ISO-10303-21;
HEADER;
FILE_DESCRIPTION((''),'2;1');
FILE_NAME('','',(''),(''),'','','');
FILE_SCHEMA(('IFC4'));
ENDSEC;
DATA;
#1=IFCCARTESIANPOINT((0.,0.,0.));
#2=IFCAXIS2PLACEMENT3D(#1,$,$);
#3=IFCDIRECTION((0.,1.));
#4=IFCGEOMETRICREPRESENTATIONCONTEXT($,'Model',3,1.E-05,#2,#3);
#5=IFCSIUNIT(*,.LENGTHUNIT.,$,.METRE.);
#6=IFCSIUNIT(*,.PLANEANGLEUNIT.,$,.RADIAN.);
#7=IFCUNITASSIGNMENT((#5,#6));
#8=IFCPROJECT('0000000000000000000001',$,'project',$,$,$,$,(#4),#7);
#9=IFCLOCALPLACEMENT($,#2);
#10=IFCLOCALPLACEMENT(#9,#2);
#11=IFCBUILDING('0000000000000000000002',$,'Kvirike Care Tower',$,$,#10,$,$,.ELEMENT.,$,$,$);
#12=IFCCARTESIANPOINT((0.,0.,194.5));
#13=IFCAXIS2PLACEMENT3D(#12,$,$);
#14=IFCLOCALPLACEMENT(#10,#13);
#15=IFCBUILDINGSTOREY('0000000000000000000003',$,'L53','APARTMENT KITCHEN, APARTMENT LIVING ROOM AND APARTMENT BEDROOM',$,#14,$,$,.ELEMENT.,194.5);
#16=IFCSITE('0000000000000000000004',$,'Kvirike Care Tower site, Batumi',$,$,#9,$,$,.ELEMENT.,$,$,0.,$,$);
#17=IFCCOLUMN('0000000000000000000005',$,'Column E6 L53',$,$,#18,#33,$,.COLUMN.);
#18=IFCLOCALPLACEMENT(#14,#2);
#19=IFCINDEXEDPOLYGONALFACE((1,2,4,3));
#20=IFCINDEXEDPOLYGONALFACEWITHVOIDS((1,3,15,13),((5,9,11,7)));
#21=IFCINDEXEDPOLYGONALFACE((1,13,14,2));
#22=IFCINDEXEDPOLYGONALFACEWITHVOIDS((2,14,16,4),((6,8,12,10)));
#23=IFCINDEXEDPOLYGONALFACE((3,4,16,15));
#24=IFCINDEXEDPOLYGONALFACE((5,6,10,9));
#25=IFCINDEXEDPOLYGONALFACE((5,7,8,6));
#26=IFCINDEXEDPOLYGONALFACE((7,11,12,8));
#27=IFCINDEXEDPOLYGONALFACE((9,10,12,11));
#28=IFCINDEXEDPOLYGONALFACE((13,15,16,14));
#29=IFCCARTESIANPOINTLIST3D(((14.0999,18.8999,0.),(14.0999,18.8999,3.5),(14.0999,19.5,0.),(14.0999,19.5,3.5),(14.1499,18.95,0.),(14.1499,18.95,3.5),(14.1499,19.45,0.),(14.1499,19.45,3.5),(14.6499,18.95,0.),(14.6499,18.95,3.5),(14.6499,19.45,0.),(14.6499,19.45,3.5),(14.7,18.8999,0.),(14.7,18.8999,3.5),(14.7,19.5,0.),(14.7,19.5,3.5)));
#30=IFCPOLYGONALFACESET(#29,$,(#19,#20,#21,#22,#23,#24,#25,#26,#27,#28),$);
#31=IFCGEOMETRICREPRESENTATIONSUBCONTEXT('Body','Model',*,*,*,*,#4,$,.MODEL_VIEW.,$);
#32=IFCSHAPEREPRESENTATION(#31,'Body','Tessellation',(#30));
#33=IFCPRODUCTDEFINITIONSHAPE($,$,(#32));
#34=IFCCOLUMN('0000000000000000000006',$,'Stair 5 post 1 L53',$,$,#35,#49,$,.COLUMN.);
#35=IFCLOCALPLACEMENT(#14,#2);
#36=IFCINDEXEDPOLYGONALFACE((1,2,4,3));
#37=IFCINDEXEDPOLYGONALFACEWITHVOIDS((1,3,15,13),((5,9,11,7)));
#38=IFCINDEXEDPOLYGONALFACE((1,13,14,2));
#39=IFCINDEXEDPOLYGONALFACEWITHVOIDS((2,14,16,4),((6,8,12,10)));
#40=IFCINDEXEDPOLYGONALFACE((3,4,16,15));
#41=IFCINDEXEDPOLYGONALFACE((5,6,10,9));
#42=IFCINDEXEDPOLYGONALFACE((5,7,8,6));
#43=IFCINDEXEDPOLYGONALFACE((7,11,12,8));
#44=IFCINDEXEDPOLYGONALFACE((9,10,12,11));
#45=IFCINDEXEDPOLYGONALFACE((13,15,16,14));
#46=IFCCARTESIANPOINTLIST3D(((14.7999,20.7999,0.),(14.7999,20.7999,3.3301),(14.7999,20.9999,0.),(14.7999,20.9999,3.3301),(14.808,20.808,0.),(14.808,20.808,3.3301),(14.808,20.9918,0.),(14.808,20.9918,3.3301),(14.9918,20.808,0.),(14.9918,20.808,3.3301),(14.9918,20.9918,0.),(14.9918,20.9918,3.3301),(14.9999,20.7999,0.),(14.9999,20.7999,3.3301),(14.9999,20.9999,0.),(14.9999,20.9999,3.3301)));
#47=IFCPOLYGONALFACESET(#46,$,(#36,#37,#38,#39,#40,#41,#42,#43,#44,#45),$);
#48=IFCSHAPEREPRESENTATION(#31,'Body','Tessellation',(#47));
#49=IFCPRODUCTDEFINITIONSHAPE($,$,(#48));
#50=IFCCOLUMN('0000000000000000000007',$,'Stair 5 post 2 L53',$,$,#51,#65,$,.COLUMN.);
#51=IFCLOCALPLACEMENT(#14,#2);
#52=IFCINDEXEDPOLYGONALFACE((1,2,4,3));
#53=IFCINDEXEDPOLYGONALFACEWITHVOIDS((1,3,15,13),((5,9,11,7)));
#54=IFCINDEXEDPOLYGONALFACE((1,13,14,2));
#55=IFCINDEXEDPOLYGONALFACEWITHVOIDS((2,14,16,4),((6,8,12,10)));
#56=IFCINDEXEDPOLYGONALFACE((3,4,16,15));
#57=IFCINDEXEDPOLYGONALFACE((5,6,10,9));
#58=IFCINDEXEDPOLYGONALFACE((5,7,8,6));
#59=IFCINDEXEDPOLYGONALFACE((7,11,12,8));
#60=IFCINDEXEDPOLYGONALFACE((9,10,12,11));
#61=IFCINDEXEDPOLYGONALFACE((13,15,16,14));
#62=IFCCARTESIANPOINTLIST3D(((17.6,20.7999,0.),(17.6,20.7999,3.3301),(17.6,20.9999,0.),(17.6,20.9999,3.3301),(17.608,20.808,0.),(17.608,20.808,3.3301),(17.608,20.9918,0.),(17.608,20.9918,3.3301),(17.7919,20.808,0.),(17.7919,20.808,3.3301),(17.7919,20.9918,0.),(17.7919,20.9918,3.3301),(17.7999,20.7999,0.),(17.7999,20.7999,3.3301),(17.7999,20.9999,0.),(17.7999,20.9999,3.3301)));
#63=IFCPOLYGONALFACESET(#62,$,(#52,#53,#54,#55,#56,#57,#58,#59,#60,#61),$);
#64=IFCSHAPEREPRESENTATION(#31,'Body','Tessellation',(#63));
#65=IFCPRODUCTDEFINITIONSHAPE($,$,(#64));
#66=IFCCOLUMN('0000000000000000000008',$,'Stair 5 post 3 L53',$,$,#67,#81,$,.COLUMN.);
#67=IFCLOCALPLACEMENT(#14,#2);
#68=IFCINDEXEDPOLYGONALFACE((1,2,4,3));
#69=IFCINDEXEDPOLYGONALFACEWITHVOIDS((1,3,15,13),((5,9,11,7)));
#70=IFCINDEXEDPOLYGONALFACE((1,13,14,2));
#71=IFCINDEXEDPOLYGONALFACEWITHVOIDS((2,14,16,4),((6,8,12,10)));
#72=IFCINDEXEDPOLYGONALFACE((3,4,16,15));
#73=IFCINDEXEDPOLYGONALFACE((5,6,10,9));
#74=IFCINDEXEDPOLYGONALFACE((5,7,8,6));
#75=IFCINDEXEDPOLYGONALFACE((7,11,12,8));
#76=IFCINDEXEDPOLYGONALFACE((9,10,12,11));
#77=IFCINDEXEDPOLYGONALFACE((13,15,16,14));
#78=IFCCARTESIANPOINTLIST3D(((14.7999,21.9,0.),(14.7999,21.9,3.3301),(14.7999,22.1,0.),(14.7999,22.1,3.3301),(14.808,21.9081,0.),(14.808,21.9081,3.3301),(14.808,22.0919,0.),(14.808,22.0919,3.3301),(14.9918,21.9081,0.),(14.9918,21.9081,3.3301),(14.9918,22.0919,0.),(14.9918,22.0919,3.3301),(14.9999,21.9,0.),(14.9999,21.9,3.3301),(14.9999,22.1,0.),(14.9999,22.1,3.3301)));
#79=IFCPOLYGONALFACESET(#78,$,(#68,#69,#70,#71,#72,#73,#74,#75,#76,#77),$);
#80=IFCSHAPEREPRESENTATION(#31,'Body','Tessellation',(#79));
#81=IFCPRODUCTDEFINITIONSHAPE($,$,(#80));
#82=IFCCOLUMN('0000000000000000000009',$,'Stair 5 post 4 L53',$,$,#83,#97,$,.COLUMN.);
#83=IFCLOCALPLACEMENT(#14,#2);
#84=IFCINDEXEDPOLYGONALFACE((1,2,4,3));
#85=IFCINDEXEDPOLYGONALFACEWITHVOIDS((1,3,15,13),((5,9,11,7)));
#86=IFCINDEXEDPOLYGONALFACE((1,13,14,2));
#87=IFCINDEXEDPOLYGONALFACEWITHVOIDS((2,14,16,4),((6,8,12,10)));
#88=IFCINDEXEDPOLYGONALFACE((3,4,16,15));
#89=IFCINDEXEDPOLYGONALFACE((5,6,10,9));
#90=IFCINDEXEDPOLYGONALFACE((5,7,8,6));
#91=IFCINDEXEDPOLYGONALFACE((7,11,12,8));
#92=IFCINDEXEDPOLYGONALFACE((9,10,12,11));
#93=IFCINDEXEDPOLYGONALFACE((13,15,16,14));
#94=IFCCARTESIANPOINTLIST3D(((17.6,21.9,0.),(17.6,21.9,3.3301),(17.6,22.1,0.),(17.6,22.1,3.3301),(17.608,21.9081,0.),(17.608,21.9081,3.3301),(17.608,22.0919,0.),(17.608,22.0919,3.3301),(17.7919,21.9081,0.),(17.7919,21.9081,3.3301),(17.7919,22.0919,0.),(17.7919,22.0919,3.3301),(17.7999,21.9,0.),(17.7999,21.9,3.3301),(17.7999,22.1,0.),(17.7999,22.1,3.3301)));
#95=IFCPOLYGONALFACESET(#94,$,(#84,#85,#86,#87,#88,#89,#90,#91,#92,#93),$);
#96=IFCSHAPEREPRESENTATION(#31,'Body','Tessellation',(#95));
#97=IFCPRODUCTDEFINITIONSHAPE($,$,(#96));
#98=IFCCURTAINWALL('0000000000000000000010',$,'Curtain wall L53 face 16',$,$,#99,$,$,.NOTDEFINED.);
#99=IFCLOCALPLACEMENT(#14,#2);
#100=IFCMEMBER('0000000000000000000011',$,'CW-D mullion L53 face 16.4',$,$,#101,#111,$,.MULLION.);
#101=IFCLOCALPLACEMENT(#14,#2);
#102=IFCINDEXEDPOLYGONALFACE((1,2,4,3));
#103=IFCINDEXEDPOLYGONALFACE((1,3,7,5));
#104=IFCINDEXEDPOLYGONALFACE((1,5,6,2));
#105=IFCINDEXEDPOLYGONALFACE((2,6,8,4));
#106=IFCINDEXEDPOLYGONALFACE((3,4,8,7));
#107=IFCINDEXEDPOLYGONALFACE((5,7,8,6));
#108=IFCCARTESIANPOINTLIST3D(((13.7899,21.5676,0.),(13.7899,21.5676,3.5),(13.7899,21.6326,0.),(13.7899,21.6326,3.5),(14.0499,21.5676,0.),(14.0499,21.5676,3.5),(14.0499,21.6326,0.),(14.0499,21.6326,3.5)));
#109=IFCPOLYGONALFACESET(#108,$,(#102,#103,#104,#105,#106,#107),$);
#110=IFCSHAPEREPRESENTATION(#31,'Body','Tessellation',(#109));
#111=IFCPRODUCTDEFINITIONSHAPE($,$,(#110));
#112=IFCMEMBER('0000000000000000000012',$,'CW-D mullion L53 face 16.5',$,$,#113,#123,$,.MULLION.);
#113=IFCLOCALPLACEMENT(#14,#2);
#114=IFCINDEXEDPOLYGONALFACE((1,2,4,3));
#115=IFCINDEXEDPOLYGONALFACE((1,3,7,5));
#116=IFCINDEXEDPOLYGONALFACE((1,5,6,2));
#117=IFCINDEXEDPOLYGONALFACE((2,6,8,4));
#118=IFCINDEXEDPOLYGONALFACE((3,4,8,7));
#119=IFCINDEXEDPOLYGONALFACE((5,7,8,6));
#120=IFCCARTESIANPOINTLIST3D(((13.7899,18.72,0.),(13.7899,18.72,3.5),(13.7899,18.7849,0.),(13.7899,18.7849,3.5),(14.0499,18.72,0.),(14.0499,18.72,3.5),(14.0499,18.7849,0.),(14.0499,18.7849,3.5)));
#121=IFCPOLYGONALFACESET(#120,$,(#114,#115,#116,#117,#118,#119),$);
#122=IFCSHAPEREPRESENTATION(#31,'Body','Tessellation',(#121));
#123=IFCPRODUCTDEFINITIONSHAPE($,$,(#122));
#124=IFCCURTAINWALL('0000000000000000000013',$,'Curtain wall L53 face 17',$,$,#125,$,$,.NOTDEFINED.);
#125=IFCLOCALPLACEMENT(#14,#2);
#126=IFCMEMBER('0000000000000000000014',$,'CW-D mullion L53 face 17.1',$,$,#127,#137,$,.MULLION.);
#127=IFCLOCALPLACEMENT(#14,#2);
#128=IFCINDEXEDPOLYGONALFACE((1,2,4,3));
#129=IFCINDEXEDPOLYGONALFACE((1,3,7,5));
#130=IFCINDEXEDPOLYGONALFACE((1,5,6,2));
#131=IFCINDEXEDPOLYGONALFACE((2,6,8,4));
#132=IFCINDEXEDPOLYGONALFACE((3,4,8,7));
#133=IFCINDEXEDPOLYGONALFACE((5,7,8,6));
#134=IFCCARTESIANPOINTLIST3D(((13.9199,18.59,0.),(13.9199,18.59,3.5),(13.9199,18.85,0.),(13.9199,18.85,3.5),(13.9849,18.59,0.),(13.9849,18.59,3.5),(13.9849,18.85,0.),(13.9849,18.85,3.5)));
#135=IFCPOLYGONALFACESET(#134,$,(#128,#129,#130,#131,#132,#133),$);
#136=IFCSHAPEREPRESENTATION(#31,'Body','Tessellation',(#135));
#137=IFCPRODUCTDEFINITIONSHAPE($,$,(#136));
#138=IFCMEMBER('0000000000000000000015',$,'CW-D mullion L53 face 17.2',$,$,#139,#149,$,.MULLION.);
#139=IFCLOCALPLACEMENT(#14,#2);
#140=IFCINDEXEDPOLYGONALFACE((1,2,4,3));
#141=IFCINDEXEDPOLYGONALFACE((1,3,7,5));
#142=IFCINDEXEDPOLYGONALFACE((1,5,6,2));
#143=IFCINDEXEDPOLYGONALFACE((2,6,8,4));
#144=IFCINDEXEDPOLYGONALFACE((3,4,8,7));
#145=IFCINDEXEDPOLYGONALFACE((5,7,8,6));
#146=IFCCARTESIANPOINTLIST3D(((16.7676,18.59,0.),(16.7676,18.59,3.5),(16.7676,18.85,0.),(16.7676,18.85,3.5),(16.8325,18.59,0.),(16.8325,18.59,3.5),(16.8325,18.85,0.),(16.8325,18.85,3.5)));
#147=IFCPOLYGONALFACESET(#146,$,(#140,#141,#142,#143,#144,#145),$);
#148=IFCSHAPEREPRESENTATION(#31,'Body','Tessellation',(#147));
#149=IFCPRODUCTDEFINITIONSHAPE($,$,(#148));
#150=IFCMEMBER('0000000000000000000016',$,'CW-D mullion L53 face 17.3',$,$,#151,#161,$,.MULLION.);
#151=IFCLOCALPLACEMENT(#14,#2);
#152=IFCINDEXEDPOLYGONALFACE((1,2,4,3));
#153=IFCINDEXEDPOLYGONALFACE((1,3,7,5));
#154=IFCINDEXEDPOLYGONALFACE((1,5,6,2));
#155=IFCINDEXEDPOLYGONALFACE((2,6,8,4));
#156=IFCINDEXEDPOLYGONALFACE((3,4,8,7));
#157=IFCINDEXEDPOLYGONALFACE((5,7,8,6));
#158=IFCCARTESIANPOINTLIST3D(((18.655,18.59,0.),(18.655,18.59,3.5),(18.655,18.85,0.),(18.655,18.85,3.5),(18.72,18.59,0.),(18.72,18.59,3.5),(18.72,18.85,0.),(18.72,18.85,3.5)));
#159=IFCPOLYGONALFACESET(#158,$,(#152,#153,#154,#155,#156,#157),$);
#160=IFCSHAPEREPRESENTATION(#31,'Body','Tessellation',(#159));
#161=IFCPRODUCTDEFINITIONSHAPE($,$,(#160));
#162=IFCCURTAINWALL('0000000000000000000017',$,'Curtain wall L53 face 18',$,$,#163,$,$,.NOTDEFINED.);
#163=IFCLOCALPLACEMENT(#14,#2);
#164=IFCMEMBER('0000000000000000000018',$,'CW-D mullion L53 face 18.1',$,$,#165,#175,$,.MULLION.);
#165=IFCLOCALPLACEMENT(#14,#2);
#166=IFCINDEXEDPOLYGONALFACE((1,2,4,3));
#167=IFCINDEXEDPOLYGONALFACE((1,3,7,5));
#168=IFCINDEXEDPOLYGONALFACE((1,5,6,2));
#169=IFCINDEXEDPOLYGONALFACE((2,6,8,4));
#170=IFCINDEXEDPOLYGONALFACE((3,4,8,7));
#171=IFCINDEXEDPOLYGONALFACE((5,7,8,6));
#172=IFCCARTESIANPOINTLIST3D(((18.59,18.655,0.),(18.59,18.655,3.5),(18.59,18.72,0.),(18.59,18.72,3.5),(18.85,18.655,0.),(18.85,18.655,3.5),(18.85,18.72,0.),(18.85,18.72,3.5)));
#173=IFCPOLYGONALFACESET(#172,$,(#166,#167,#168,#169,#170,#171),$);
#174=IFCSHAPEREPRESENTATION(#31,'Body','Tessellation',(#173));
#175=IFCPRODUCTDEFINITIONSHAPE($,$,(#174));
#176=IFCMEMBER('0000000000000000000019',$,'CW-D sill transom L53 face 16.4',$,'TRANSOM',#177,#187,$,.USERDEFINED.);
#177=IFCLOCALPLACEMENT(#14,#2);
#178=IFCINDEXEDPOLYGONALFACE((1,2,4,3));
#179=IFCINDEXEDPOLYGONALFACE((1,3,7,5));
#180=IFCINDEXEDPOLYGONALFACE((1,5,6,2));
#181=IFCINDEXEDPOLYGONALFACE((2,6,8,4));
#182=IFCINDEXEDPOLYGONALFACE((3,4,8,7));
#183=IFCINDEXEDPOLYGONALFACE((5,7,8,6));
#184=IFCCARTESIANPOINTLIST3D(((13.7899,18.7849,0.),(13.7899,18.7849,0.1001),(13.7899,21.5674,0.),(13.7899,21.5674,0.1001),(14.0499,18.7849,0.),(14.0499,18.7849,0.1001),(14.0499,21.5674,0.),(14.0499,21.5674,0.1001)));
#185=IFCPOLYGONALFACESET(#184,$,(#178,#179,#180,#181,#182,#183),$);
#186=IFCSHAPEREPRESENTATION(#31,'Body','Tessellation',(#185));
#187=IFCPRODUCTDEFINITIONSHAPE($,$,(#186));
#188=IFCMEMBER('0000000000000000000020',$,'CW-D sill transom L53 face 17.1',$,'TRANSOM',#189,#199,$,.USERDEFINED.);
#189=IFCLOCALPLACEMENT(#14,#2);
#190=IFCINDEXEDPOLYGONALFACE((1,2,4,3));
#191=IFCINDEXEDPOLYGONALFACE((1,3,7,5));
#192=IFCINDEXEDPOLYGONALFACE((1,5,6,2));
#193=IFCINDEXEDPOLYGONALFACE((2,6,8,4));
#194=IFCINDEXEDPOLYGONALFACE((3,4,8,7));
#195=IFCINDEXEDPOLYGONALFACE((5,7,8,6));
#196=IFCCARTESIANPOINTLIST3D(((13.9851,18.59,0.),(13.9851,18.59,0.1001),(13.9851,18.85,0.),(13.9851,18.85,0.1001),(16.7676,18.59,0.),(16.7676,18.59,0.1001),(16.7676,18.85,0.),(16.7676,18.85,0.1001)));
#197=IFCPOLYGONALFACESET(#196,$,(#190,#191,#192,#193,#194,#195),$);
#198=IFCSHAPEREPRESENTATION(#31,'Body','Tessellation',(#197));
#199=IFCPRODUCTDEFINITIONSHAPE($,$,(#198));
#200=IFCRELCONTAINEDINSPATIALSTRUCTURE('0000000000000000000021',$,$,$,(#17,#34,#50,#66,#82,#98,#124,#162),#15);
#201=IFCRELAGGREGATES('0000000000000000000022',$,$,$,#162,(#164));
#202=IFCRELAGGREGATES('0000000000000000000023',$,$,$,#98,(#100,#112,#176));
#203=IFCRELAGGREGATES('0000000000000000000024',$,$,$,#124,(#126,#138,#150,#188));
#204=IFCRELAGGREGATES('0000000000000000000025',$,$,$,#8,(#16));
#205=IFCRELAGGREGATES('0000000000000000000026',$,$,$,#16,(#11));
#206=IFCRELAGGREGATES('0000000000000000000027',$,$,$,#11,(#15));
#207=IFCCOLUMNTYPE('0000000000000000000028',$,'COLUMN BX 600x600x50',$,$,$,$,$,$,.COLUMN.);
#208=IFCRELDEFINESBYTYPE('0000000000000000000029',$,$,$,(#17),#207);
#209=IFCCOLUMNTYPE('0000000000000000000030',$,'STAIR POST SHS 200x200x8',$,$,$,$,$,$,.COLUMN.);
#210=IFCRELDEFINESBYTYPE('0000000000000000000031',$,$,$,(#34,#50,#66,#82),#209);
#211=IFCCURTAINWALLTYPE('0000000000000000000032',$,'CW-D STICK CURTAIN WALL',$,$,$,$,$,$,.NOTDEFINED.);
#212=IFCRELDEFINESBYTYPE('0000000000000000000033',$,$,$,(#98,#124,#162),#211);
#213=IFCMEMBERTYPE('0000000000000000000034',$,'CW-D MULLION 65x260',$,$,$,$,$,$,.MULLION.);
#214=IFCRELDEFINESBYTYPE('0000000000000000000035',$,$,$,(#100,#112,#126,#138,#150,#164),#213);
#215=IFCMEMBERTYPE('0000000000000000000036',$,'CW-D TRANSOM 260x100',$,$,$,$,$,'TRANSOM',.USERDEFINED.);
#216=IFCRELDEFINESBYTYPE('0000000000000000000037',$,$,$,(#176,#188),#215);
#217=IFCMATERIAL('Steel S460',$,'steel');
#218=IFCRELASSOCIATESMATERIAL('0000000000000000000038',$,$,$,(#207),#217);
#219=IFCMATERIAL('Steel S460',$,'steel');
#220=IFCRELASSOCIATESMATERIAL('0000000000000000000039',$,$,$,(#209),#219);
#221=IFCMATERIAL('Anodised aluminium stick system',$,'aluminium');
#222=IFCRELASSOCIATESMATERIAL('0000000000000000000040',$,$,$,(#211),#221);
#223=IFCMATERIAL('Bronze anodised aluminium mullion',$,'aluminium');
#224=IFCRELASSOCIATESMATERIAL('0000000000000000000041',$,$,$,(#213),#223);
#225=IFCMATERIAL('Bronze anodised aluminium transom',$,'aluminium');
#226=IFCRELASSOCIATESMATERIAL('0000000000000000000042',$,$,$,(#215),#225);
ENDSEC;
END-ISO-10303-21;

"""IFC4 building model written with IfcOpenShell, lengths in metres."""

from ifc_helpers import new_model, si_unit, direction, frame, origin, origin_2d, place, context, subcontext, project, spatial, rectangle, hollow_rectangle, extrude, material, material_profile, profile_set, type_object, element, aggregate, save


model = new_model("IFC4")

# Units and contexts
model_context = context("Model", 3, precision=1e-05, world=origin(), true_north=direction((0.0, 1.0)))
body_context = subcontext(model_context, "Body", "Model", "MODEL_VIEW")
ifc_project = project(units=[si_unit("LENGTHUNIT", "METRE"), si_unit("PLANEANGLEUNIT", "RADIAN")], contexts=[model_context])

# Site, building, storey
site_placement = place(None, origin())
site = spatial("IfcSite", under=ifc_project, at=site_placement, Name="Kvirike Care Tower site, Batumi", CompositionType="ELEMENT", RefElevation=0.0)
building_placement = place(site_placement, origin())
building = spatial("IfcBuilding", under=site, at=building_placement, Name="Kvirike Care Tower", CompositionType="ELEMENT")
storey_placement = place(building_placement, frame((0.0, 0.0, 194.5)))
storey = spatial("IfcBuildingStorey", under=building, at=storey_placement, Name="L53", Description="APARTMENT KITCHEN, APARTMENT LIVING ROOM AND APARTMENT BEDROOM", CompositionType="ELEMENT", Elevation=194.5)

# Columns
ifc_material_1 = material(Name="Steel S460", Category="steel")
ifc_material_profile_1 = material_profile(ifc_material_1, hollow_rectangle(XDim=0.6001, YDim=0.6001, WallThickness=0.05, at=origin_2d()), Name="BX 600x600x50")
ifc_profile_set_1 = profile_set([ifc_material_profile_1], Name="Steel S460")
column_type_1 = type_object("IfcColumnType", Name="COLUMN BX 600x600x50", PredefinedType="COLUMN", material=ifc_profile_set_1)
column_placement = place(storey_placement, frame((14.3999, 19.2, 0.0), z_axis=(0.0, 0.0, 1.0), x_axis=(0.0, 1.0, 0.0)))
element("IfcColumn", 1, at=column_placement, inside=storey, type_object=column_type_1, Name="Column E6 L53", PredefinedType="COLUMN", context=body_context, shape_type="SweptSolid", body=[
    extrude(hollow_rectangle(XDim=0.6001, YDim=0.6001, WallThickness=0.05, at=origin_2d()), origin(), (0.0, 0.0, 1.0), 3.5),
])
ifc_material_2 = material(Name="Steel S460", Category="steel")
ifc_material_profile_2 = material_profile(ifc_material_2, hollow_rectangle(XDim=0.2, YDim=0.2, WallThickness=0.0081, at=origin_2d()), Name="SHS 200x200x8")
ifc_profile_set_2 = profile_set([ifc_material_profile_2], Name="Steel S460")
column_type_2 = type_object("IfcColumnType", Name="STAIR POST SHS 200x200x8", PredefinedType="COLUMN", material=ifc_profile_set_2)
for number, where, z_axis, x_axis, name in (
    (2, (14.8999, 20.8999, 0.0), (0.0, 0.0, 1.0), (1.0, 0.0, 0.0), "Stair 5 post 1 L53"),
    (3, (17.7, 20.8999, 0.0), (0.0, 0.0, 1.0), (1.0, 0.0, 0.0), "Stair 5 post 2 L53"),
    (4, (14.8999, 22.0, 0.0), (0.0, 0.0, 1.0), (1.0, 0.0, 0.0), "Stair 5 post 3 L53"),
    (5, (17.7, 22.0, 0.0), (0.0, 0.0, 1.0), (1.0, 0.0, 0.0), "Stair 5 post 4 L53"),
):
    element("IfcColumn", number, at=place(storey_placement, frame(where, z_axis=z_axis, x_axis=x_axis)), inside=storey, type_object=column_type_2, Name=name, PredefinedType="COLUMN", context=body_context, shape_type="SweptSolid", body=[
        extrude(hollow_rectangle(XDim=0.2, YDim=0.2, WallThickness=0.0081, at=origin_2d()), origin(), (0.0, 0.0, 1.0), 3.3301),
    ])

# Curtain walls, members
ifc_material_3 = material(Name="Anodised aluminium stick system", Category="aluminium")
curtain_wall_type = type_object("IfcCurtainWallType", Name="CW-D STICK CURTAIN WALL", PredefinedType="NOTDEFINED", material=ifc_material_3)
curtain_wall_1_placement = place(storey_placement, origin())
curtain_wall_1 = element("IfcCurtainWall", 6, at=curtain_wall_1_placement, inside=storey, type_object=curtain_wall_type, Name="Curtain wall L53 face 16", PredefinedType="NOTDEFINED")
ifc_material_4 = material(Name="Bronze anodised aluminium mullion", Category="aluminium")
ifc_material_profile_3 = material_profile(ifc_material_4, rectangle(XDim=0.0649, YDim=0.26, at=origin_2d()), Name="CW-D MULLION 65x260")
ifc_profile_set_3 = profile_set([ifc_material_profile_3], Name="Bronze anodised aluminium mullion")
member_type_1 = type_object("IfcMemberType", Name="CW-D MULLION 65x260", PredefinedType="MULLION", material=ifc_profile_set_3)
member_1_placement = place(storey_placement, frame((13.9199, 21.6001, 0.0), z_axis=(0.0, 0.0, 1.0), x_axis=(0.0, -1.0, 0.0)))
member_1 = element("IfcMember", 7, at=member_1_placement, type_object=member_type_1, Name="CW-D mullion L53 face 16.4", PredefinedType="MULLION", context=body_context, shape_type="SweptSolid", body=[
    extrude(rectangle(XDim=0.0649, YDim=0.26, at=origin_2d()), origin(), (0.0, 0.0, 1.0), 3.5),
])
member_2_placement = place(storey_placement, frame((13.9199, 18.7524, 0.0), z_axis=(0.0, 0.0, 1.0), x_axis=(0.0, -1.0, 0.0)))
member_2 = element("IfcMember", 8, at=member_2_placement, type_object=member_type_1, Name="CW-D mullion L53 face 16.5", PredefinedType="MULLION", context=body_context, shape_type="SweptSolid", body=[
    extrude(rectangle(XDim=0.0649, YDim=0.26, at=origin_2d()), origin(), (0.0, 0.0, 1.0), 3.5),
])
curtain_wall_2_placement = place(storey_placement, origin())
curtain_wall_2 = element("IfcCurtainWall", 9, at=curtain_wall_2_placement, inside=storey, type_object=curtain_wall_type, Name="Curtain wall L53 face 17", PredefinedType="NOTDEFINED")
member_3_placement = place(storey_placement, frame((13.9524, 18.72, 0.0), z_axis=(0.0, 0.0, 1.0), x_axis=(1.0, 0.0, 0.0)))
member_3 = element("IfcMember", 10, at=member_3_placement, type_object=member_type_1, Name="CW-D mullion L53 face 17.1", PredefinedType="MULLION", context=body_context, shape_type="SweptSolid", body=[
    extrude(rectangle(XDim=0.0649, YDim=0.26, at=origin_2d()), origin(), (0.0, 0.0, 1.0), 3.5),
])
member_4_placement = place(storey_placement, frame((16.8, 18.72, 0.0), z_axis=(0.0, 0.0, 1.0), x_axis=(1.0, 0.0, 0.0)))
member_4 = element("IfcMember", 11, at=member_4_placement, type_object=member_type_1, Name="CW-D mullion L53 face 17.2", PredefinedType="MULLION", context=body_context, shape_type="SweptSolid", body=[
    extrude(rectangle(XDim=0.0649, YDim=0.26, at=origin_2d()), origin(), (0.0, 0.0, 1.0), 3.5),
])
member_5_placement = place(storey_placement, frame((18.6875, 18.72, 0.0), z_axis=(0.0, 0.0, 1.0), x_axis=(1.0, 0.0, 0.0)))
member_5 = element("IfcMember", 12, at=member_5_placement, type_object=member_type_1, Name="CW-D mullion L53 face 17.3", PredefinedType="MULLION", context=body_context, shape_type="SweptSolid", body=[
    extrude(rectangle(XDim=0.0649, YDim=0.26, at=origin_2d()), origin(), (0.0, 0.0, 1.0), 3.5),
])

# Curtain wall, member
curtain_wall_3_placement = place(storey_placement, origin())
curtain_wall_3 = element("IfcCurtainWall", 13, at=curtain_wall_3_placement, inside=storey, type_object=curtain_wall_type, Name="Curtain wall L53 face 18", PredefinedType="NOTDEFINED")
member_6_placement = place(storey_placement, frame((18.72, 18.6875, 0.0), z_axis=(0.0, 0.0, 1.0), x_axis=(0.0, -1.0, 0.0)))
member_6 = element("IfcMember", 14, at=member_6_placement, type_object=member_type_1, Name="CW-D mullion L53 face 18.1", PredefinedType="MULLION", context=body_context, shape_type="SweptSolid", body=[
    extrude(rectangle(XDim=0.0649, YDim=0.26, at=origin_2d()), origin(), (0.0, 0.0, 1.0), 3.5),
])
aggregate(curtain_wall_3, [member_6])

# Members
ifc_material_5 = material(Name="Bronze anodised aluminium transom", Category="aluminium")
ifc_material_profile_4 = material_profile(ifc_material_5, rectangle(XDim=0.26, YDim=0.1001, at=origin_2d()), Name="CW-D TRANSOM 260x100")
ifc_profile_set_4 = profile_set([ifc_material_profile_4], Name="Bronze anodised aluminium transom")
member_type_2 = type_object("IfcMemberType", Name="CW-D TRANSOM 260x100", ElementType="TRANSOM", PredefinedType="USERDEFINED", material=ifc_profile_set_4)
member_7_placement = place(storey_placement, frame((13.9199, 21.5674, 0.05), z_axis=(0.0, -1.0, 0.0), x_axis=(1.0, 0.0, 0.0)))
member_7 = element("IfcMember", 15, at=member_7_placement, type_object=member_type_2, Name="CW-D sill transom L53 face 16.4", ObjectType="TRANSOM", PredefinedType="USERDEFINED", context=body_context, shape_type="SweptSolid", body=[
    extrude(rectangle(XDim=0.26, YDim=0.1001, at=origin_2d()), origin(), (0.0, 0.0, 1.0), 2.7825),
])
member_8_placement = place(storey_placement, frame((13.9851, 18.72, 0.05), z_axis=(1.0, 0.0, 0.0), x_axis=(0.0, 1.0, 0.0)))
member_8 = element("IfcMember", 16, at=member_8_placement, type_object=member_type_2, Name="CW-D sill transom L53 face 17.1", ObjectType="TRANSOM", PredefinedType="USERDEFINED", context=body_context, shape_type="SweptSolid", body=[
    extrude(rectangle(XDim=0.26, YDim=0.1001, at=origin_2d()), origin(), (0.0, 0.0, 1.0), 2.7825),
])

aggregate(curtain_wall_1, [member_1, member_2, member_7])
aggregate(curtain_wall_2, [member_3, member_4, member_5, member_8])

save(model, "model.ifc")
